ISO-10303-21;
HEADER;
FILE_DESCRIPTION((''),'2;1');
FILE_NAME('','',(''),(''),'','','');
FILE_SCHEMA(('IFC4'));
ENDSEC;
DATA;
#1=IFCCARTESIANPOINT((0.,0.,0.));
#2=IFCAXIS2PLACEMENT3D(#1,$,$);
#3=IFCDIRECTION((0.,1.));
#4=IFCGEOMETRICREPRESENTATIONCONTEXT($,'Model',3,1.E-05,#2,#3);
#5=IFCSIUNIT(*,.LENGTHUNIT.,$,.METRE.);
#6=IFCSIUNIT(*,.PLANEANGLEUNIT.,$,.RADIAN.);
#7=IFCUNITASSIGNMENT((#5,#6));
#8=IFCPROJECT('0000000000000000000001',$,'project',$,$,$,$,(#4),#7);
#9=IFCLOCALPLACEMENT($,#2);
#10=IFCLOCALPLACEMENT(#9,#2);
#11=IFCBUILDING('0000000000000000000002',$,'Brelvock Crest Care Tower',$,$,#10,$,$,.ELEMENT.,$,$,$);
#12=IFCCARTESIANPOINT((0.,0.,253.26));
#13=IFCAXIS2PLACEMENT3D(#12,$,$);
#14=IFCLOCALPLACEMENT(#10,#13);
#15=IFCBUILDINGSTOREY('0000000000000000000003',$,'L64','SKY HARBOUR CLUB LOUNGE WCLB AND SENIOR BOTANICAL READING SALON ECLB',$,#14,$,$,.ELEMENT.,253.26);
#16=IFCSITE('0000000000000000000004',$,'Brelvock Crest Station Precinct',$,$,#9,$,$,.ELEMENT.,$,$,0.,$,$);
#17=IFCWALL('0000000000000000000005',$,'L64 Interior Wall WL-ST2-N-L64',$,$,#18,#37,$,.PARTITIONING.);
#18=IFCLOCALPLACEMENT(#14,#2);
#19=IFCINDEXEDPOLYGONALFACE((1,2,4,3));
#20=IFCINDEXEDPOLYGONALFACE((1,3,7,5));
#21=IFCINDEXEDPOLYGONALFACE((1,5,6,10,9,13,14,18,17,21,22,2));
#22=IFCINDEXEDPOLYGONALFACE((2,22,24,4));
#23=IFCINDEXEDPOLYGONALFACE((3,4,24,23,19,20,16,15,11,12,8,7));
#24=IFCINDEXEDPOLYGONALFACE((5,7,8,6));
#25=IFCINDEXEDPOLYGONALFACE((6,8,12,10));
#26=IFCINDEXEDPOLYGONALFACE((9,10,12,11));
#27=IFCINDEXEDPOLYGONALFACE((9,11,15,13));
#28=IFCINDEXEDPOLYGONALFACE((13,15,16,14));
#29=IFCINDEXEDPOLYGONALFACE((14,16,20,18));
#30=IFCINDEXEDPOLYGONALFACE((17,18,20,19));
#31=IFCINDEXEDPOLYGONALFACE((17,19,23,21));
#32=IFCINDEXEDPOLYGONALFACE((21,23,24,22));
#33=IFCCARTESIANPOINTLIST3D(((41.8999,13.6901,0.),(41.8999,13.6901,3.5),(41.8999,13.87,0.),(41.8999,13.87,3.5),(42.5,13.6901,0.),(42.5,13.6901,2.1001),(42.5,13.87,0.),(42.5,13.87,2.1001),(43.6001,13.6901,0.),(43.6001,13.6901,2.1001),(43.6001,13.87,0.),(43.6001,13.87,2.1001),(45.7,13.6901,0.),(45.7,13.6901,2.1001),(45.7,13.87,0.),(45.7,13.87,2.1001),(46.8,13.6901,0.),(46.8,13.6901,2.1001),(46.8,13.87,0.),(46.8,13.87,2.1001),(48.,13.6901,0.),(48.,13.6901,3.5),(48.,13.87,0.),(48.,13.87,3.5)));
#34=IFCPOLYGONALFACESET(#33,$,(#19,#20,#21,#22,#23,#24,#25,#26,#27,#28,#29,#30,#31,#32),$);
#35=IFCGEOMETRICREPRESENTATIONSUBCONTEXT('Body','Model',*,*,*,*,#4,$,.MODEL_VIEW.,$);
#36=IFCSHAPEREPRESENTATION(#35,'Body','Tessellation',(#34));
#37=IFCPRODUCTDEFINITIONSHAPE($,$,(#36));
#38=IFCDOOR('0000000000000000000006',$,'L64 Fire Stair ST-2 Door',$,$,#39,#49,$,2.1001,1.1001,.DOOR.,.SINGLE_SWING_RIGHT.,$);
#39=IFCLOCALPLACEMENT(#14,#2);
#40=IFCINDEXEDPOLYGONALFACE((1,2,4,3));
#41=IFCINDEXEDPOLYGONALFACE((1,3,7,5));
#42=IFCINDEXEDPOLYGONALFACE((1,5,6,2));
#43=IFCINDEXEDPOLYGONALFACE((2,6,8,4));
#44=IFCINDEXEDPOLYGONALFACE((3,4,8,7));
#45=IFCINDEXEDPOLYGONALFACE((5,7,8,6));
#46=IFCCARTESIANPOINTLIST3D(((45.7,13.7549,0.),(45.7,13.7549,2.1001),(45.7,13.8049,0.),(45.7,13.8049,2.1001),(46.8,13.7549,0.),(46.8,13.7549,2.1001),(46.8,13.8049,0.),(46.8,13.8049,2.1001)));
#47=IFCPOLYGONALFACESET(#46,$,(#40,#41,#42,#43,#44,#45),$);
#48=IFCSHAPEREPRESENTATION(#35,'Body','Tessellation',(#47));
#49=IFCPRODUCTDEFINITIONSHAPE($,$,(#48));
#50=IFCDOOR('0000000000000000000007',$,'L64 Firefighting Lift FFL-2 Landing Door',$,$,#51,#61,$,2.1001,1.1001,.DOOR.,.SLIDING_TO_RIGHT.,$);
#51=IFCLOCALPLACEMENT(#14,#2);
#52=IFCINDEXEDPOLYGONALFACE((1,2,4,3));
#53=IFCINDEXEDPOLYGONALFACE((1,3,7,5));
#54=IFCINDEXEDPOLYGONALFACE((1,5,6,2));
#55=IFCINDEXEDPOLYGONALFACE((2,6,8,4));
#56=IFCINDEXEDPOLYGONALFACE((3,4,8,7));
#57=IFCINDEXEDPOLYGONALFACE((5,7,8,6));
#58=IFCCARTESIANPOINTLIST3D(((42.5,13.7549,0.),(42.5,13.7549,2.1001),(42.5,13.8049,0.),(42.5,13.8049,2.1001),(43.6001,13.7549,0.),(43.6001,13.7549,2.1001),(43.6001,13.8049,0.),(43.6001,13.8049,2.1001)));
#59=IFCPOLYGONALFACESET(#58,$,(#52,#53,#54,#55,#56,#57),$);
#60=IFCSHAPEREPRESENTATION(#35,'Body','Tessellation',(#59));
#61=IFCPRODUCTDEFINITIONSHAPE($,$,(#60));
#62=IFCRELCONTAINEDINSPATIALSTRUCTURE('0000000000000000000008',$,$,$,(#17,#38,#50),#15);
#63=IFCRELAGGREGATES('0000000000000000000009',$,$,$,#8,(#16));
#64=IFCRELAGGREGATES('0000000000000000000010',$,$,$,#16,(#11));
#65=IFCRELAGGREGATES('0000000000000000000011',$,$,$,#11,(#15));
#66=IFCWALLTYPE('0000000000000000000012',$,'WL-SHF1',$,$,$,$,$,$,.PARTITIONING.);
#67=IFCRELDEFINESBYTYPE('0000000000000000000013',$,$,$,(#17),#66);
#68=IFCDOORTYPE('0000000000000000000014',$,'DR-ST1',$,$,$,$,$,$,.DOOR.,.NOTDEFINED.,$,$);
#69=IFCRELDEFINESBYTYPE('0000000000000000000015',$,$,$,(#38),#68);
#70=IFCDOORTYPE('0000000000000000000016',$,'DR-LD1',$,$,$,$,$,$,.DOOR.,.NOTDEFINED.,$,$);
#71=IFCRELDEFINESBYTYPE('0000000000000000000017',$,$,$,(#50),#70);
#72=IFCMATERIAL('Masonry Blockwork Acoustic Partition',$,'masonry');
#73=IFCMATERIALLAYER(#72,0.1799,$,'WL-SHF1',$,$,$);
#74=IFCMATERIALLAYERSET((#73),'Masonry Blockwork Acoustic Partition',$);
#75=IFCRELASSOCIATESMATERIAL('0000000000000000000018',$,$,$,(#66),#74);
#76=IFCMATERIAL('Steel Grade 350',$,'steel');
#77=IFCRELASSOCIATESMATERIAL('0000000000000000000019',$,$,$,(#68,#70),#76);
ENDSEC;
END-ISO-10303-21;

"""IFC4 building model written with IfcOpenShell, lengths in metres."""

from ifc_helpers import new_model, si_unit, direction, frame, frame_2d, origin, origin_2d, place, context, subcontext, project, spatial, rectangle, extrude, source, transform, mapped, material, layer, layer_set, type_object, element, fill, save


model = new_model("IFC4")

# Units and contexts
model_context = context("Model", 3, precision=1e-05, world=origin(), true_north=direction((0.0, 1.0)))
body_context = subcontext(model_context, "Body", "Model", "MODEL_VIEW")
ifc_project = project(units=[si_unit("LENGTHUNIT", "METRE"), si_unit("PLANEANGLEUNIT", "RADIAN")], contexts=[model_context])

# Site, building, storey
site_placement = place(None, origin())
site = spatial("IfcSite", under=ifc_project, at=site_placement, Name="Brelvock Crest Station Precinct", CompositionType="ELEMENT", RefElevation=0.0)
building_placement = place(site_placement, origin())
building = spatial("IfcBuilding", under=site, at=building_placement, Name="Brelvock Crest Care Tower", CompositionType="ELEMENT")
storey_placement = place(building_placement, frame((0.0, 0.0, 253.26)))
storey = spatial("IfcBuildingStorey", under=building, at=storey_placement, Name="L64", Description="SKY HARBOUR CLUB LOUNGE WCLB AND SENIOR BOTANICAL READING SALON ECLB", CompositionType="ELEMENT", Elevation=253.26)

# Shared definitions
ifc_material_1 = material(Name="Steel Grade 350", Category="steel")

# Shared definitions
ifc_material_2 = material(Name="Masonry Blockwork Acoustic Partition", Category="masonry")

# Wall, openings, doors
ifc_layer_1 = layer(ifc_material_2, 0.1799, Name="WL-SHF1")
ifc_layer_set_1 = layer_set([ifc_layer_1], Name="Masonry Blockwork Acoustic Partition")
wall_type_1 = type_object("IfcWallType", Name="WL-SHF1", PredefinedType="PARTITIONING", material=ifc_layer_set_1)
wall_1_placement = place(storey_placement, frame((41.8999, 13.78, 0.0), z_axis=(0.0, 0.0, 1.0), x_axis=(1.0, 0.0, 0.0)))
wall_1 = element("IfcWall", 1, at=wall_1_placement, inside=storey, type_object=wall_type_1, Name="L64 Interior Wall WL-ST2-N-L64", PredefinedType="PARTITIONING", context=body_context, shape_type="SweptSolid", body=[
    extrude(rectangle(XDim=6.1001, YDim=0.1799, at=frame_2d((3.05, 0.0))), origin(), (0.0, 0.0, 1.0), 3.5),
])
opening_1_placement = place(wall_1_placement, frame((0.6001, 0.0, 0.0)))
opening_1 = element("IfcOpeningElement", 2, at=opening_1_placement, cuts=wall_1, PredefinedType="OPENING", context=body_context, shape_type="SweptSolid", body=[
    extrude(rectangle(XDim=1.1001, YDim=2.1001, at=origin_2d()), frame((0.55, 0.1001, 1.05), z_axis=(0.0, -1.0, 0.0), x_axis=(1.0, 0.0, 0.0)), (0.0, 0.0, 1.0), 0.2),
])
opening_2_placement = place(wall_1_placement, frame((3.8, 0.0, 0.0)))
opening_2 = element("IfcOpeningElement", 3, at=opening_2_placement, cuts=wall_1, PredefinedType="OPENING", context=body_context, shape_type="SweptSolid", body=[
    extrude(rectangle(XDim=1.1001, YDim=2.1001, at=origin_2d()), frame((0.55, 0.1001, 1.05), z_axis=(0.0, -1.0, 0.0), x_axis=(1.0, 0.0, 0.0)), (0.0, 0.0, 1.0), 0.2),
])
door_type_1 = type_object("IfcDoorType", Name="DR-ST1", OperationType="NOTDEFINED", PredefinedType="DOOR", material=ifc_material_1)
shared_shape_1 = source(origin(), body_context, "Body", "SweptSolid", [
    extrude(rectangle(XDim=1.1001, YDim=2.1001, at=origin_2d()), frame((0.55, 0.0249, 1.05), z_axis=(0.0, -1.0, 0.0), x_axis=(1.0, 0.0, 0.0)), (0.0, 0.0, 1.0), 0.05),
])
door_1_placement = place(opening_2_placement, origin())
door_1 = element("IfcDoor", 4, at=door_1_placement, inside=storey, type_object=door_type_1, Name="L64 Fire Stair ST-2 Door", OperationType="SINGLE_SWING_RIGHT", OverallHeight=2.1001, OverallWidth=1.1001, PredefinedType="DOOR", context=body_context, shape_type="MappedRepresentation", body=[
    mapped(shared_shape_1, transform((0.0, 0.0, 0.0), x_axis=(1.0, 0.0, 0.0), y_axis=(0.0, 1.0, 0.0), z_axis=(0.0, 0.0, 1.0), scale=1.0)),
])
fill(opening_2, door_1)
door_type_2 = type_object("IfcDoorType", Name="DR-LD1", OperationType="NOTDEFINED", PredefinedType="DOOR", material=ifc_material_1)
shared_shape_2 = source(origin(), body_context, "Body", "SweptSolid", [
    extrude(rectangle(XDim=1.1001, YDim=2.1001, at=origin_2d()), frame((0.55, 0.0249, 1.05), z_axis=(0.0, -1.0, 0.0), x_axis=(1.0, 0.0, 0.0)), (0.0, 0.0, 1.0), 0.05),
])
door_2_placement = place(opening_1_placement, origin())
door_2 = element("IfcDoor", 5, at=door_2_placement, inside=storey, type_object=door_type_2, Name="L64 Firefighting Lift FFL-2 Landing Door", OperationType="SLIDING_TO_RIGHT", OverallHeight=2.1001, OverallWidth=1.1001, PredefinedType="DOOR", context=body_context, shape_type="MappedRepresentation", body=[
    mapped(shared_shape_2, transform((0.0, 0.0, 0.0), x_axis=(1.0, 0.0, 0.0), y_axis=(0.0, 1.0, 0.0), z_axis=(0.0, 0.0, 1.0), scale=1.0)),
])
fill(opening_1, door_2)

save(model, "model.ifc")
